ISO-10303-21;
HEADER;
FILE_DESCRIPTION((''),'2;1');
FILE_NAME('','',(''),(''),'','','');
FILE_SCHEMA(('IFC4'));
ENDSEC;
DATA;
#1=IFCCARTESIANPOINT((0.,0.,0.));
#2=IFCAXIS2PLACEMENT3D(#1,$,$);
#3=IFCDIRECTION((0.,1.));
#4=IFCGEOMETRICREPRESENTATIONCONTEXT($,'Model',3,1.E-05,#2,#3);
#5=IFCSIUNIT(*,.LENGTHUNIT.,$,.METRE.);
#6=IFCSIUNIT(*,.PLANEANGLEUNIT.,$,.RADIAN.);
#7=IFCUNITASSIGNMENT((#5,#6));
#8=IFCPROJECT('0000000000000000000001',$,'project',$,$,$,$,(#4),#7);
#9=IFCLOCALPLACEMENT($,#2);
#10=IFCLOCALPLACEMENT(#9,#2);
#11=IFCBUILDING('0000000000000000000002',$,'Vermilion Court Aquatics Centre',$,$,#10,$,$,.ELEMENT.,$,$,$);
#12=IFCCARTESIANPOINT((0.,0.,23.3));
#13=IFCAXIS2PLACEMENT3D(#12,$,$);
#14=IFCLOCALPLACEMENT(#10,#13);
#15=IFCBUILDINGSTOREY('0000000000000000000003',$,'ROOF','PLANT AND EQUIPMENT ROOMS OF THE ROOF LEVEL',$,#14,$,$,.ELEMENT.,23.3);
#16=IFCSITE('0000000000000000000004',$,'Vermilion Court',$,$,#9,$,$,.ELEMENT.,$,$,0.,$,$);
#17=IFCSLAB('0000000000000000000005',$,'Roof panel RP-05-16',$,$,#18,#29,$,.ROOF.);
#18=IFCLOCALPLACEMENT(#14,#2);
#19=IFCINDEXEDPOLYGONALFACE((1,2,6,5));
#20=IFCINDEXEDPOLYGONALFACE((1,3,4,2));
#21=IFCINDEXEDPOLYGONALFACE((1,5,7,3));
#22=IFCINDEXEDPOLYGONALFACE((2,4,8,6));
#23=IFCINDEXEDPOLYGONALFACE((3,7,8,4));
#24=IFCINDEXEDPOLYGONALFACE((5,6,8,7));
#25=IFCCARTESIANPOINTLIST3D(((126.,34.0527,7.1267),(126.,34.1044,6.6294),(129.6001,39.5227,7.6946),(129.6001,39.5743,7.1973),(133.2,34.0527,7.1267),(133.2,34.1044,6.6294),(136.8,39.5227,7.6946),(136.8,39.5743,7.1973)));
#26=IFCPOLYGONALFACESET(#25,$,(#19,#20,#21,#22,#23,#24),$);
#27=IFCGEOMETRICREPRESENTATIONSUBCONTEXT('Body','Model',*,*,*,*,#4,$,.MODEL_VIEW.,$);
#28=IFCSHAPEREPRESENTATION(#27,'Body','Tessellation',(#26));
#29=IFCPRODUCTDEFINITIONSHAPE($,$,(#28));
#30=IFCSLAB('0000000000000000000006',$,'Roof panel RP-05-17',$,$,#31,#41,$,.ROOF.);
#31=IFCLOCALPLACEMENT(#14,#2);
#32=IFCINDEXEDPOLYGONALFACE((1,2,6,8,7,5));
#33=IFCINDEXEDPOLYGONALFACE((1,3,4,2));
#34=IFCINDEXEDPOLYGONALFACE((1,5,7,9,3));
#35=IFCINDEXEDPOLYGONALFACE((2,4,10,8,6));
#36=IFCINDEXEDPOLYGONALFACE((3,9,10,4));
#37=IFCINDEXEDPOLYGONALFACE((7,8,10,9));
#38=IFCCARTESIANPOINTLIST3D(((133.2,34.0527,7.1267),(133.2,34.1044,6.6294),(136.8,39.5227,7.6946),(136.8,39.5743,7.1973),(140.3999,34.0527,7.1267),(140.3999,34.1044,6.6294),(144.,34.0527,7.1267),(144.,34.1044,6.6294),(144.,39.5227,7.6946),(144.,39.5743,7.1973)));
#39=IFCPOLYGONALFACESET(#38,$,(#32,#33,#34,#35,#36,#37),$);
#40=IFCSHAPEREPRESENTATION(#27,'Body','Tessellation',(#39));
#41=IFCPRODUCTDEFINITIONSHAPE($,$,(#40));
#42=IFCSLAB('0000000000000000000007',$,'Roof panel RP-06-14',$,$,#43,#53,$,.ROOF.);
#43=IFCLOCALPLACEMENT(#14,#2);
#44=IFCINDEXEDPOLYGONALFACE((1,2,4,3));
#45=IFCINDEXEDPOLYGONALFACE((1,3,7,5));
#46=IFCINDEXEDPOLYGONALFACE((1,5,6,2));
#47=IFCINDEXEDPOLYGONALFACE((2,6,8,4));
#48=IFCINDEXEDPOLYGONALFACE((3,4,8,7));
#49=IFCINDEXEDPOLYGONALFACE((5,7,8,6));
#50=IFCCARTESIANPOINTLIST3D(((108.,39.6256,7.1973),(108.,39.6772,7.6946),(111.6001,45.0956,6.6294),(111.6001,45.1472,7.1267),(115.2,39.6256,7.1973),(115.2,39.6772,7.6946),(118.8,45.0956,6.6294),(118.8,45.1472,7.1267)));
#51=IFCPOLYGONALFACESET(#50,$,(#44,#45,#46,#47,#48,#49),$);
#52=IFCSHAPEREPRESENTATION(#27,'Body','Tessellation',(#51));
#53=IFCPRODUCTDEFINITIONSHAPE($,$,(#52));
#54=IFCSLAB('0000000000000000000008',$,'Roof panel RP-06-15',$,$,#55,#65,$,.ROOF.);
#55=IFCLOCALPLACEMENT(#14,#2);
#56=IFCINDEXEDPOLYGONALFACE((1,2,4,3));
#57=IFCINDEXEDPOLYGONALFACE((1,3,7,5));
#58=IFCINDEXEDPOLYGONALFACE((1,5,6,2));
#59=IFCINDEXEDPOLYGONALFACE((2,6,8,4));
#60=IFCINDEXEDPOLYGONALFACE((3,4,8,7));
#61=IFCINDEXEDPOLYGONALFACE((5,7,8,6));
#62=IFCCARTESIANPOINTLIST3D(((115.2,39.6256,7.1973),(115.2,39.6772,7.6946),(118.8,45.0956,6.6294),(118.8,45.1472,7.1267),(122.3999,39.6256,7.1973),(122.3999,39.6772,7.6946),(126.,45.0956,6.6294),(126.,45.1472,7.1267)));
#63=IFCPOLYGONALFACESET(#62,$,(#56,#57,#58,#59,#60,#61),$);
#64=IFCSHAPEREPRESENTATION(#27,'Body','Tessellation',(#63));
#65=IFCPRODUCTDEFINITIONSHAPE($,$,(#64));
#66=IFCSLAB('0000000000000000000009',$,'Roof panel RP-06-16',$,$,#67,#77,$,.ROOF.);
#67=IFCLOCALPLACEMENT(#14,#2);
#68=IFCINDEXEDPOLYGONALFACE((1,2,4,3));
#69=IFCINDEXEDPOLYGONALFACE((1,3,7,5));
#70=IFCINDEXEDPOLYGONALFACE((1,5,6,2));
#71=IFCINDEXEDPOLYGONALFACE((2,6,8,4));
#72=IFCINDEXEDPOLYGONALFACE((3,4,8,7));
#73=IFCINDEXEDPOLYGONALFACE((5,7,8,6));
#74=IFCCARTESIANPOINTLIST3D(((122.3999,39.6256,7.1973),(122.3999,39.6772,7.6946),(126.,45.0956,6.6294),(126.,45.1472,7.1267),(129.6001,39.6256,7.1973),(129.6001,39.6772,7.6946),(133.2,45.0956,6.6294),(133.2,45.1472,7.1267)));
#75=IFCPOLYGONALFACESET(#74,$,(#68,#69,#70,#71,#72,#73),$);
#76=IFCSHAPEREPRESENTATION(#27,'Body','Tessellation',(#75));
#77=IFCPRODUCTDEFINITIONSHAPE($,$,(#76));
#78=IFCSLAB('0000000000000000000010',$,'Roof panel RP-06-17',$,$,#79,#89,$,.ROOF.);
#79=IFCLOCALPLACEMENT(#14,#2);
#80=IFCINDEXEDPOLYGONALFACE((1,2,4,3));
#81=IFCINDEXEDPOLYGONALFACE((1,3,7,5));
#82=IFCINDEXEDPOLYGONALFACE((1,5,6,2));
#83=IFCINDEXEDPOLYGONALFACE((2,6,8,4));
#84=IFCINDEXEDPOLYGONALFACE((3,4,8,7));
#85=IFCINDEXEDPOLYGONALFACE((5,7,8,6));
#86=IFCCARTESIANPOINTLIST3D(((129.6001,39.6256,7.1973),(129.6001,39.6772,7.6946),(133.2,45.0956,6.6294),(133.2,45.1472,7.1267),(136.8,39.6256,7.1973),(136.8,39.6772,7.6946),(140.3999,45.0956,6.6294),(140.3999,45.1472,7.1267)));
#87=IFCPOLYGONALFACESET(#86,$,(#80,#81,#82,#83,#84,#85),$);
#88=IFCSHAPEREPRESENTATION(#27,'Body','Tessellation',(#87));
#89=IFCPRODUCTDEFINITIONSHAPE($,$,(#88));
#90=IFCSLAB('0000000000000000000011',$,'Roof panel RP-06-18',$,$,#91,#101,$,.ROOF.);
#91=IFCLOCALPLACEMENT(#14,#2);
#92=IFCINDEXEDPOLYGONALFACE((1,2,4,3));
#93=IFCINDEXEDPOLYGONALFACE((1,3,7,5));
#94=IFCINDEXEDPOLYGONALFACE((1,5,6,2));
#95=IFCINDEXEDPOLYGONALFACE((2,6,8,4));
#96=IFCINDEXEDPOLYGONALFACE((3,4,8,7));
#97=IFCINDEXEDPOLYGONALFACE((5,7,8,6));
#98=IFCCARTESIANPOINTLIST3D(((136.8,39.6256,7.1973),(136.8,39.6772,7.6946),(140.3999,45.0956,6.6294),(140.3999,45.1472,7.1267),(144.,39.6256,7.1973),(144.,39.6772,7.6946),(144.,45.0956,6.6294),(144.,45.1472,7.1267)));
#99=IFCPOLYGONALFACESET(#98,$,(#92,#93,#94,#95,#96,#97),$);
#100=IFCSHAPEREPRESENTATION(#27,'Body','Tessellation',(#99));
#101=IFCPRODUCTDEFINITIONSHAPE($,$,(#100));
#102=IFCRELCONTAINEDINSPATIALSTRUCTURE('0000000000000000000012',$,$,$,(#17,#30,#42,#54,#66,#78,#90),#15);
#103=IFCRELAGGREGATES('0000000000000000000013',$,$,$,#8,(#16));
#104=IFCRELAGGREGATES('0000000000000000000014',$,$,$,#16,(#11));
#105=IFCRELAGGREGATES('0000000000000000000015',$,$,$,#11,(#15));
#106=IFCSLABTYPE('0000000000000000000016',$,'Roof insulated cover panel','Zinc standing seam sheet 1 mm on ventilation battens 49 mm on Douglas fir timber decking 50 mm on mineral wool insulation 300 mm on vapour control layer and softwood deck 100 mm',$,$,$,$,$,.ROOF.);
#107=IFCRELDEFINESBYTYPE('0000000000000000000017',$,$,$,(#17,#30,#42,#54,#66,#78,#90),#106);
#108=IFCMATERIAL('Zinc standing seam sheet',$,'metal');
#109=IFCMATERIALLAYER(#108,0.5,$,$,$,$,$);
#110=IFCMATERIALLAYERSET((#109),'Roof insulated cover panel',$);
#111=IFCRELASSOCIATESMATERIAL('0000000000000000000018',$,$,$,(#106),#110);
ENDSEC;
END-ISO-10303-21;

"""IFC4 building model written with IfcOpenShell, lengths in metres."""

from ifc_helpers import new_model, si_unit, direction, frame, origin, place, context, subcontext, project, spatial, polyline, outline, extrude, material, layer, layer_set, type_object, element, save


model = new_model("IFC4")

# Units and contexts
model_context = context("Model", 3, precision=1e-05, world=origin(), true_north=direction((0.0, 1.0)))
body_context = subcontext(model_context, "Body", "Model", "MODEL_VIEW")
ifc_project = project(units=[si_unit("LENGTHUNIT", "METRE"), si_unit("PLANEANGLEUNIT", "RADIAN")], contexts=[model_context])

# Site, building, storey
site_placement = place(None, origin())
site = spatial("IfcSite", under=ifc_project, at=site_placement, Name="Vermilion Court", CompositionType="ELEMENT", RefElevation=0.0)
building_placement = place(site_placement, origin())
building = spatial("IfcBuilding", under=site, at=building_placement, Name="Vermilion Court Aquatics Centre", CompositionType="ELEMENT")
storey_placement = place(building_placement, frame((0.0, 0.0, 23.3)))
storey = spatial("IfcBuildingStorey", under=building, at=storey_placement, Name="ROOF", Description="PLANT AND EQUIPMENT ROOMS OF THE ROOF LEVEL", CompositionType="ELEMENT", Elevation=23.3)

# Slabs
ifc_material = material(Name="Zinc standing seam sheet", Category="metal")
ifc_layer = layer(ifc_material, 0.5)
ifc_layer_set = layer_set([ifc_layer], Name="Roof insulated cover panel")
slab_type = type_object("IfcSlabType", Name="Roof insulated cover panel", Description="Zinc standing seam sheet 1 mm on ventilation battens 49 mm on Douglas fir timber decking 50 mm on mineral wool insulation 300 mm on vapour control layer and softwood deck 100 mm", PredefinedType="ROOF", material=ifc_layer_set)
slab_1_placement = place(storey_placement, frame((126.0, 34.0527, 7.1267), z_axis=(0.0, -0.103261, 0.994654), x_axis=(1.0, 0.0, 0.0)))
element("IfcSlab", 1, at=slab_1_placement, inside=storey, type_object=slab_type, Name="Roof panel RP-05-16", PredefinedType="ROOF", context=body_context, shape_type="SweptSolid", body=[
    extrude(outline(polyline([(0.0, 0.0), (7.2, 0.0), (10.8, 5.4994), (3.6001, 5.4994), (0.0, 0.0)])), origin(), (0.0, 0.0, -1.0), 0.5),
])
slab_2_placement = place(storey_placement, frame((133.2, 34.0527, 7.1267), z_axis=(0.0, -0.103261, 0.994654), x_axis=(1.0, 0.0, 0.0)))
element("IfcSlab", 2, at=slab_2_placement, inside=storey, type_object=slab_type, Name="Roof panel RP-05-17", PredefinedType="ROOF", context=body_context, shape_type="SweptSolid", body=[
    extrude(outline(polyline([(0.0, 0.0), (7.2, 0.0), (10.8, 0.0), (10.8, 5.4994), (3.6001, 5.4994), (0.0, 0.0)])), origin(), (0.0, 0.0, -1.0), 0.5),
])
for number, where, z_axis, x_axis, name in (
    (3, (108.0, 39.6772, 7.6946), (0.0, 0.103261, 0.994654), (1.0, 0.0, 0.0), "Roof panel RP-06-14"),
    (4, (115.2, 39.6772, 7.6946), (0.0, 0.103261, 0.994654), (1.0, 0.0, 0.0), "Roof panel RP-06-15"),
):
    element("IfcSlab", number, at=place(storey_placement, frame(where, z_axis=z_axis, x_axis=x_axis)), inside=storey, type_object=slab_type, Name=name, PredefinedType="ROOF", context=body_context, shape_type="SweptSolid", body=[
        extrude(outline(polyline([(0.0, 0.0), (7.2, 0.0), (10.8, 5.4994), (3.6001, 5.4994), (0.0, 0.0)])), origin(), (0.0, 0.0, -1.0), 0.5),
    ])
slab_3_placement = place(storey_placement, frame((122.3999, 39.6772, 7.6946), z_axis=(0.0, 0.103261, 0.994654), x_axis=(1.0, 0.0, 0.0)))
element("IfcSlab", 5, at=slab_3_placement, inside=storey, type_object=slab_type, Name="Roof panel RP-06-16", PredefinedType="ROOF", context=body_context, shape_type="SweptSolid", body=[
    extrude(outline(polyline([(0.0, 0.0), (7.2002, 0.0), (10.8, 5.4994), (3.6001, 5.4994), (0.0, 0.0)])), origin(), (0.0, 0.0, -1.0), 0.5),
])
slab_4_placement = place(storey_placement, frame((129.6001, 39.6772, 7.6946), z_axis=(0.0, 0.103261, 0.994654), x_axis=(1.0, 0.0, 0.0)))
element("IfcSlab", 6, at=slab_4_placement, inside=storey, type_object=slab_type, Name="Roof panel RP-06-17", PredefinedType="ROOF", context=body_context, shape_type="SweptSolid", body=[
    extrude(outline(polyline([(0.0, 0.0), (7.2, 0.0), (10.7998, 5.4994), (3.5999, 5.4994), (0.0, 0.0)])), origin(), (0.0, 0.0, -1.0), 0.5),
])
slab_5_placement = place(storey_placement, frame((136.8, 39.6772, 7.6946), z_axis=(0.0, 0.103261, 0.994654), x_axis=(1.0, 0.0, 0.0)))
element("IfcSlab", 7, at=slab_5_placement, inside=storey, type_object=slab_type, Name="Roof panel RP-06-18", PredefinedType="ROOF", context=body_context, shape_type="SweptSolid", body=[
    extrude(outline(polyline([(0.0, 0.0), (7.2, 0.0), (7.2, 5.4994), (3.5999, 5.4994), (0.0, 0.0)])), origin(), (0.0, 0.0, -1.0), 0.5),
])

save(model, "model.ifc")
